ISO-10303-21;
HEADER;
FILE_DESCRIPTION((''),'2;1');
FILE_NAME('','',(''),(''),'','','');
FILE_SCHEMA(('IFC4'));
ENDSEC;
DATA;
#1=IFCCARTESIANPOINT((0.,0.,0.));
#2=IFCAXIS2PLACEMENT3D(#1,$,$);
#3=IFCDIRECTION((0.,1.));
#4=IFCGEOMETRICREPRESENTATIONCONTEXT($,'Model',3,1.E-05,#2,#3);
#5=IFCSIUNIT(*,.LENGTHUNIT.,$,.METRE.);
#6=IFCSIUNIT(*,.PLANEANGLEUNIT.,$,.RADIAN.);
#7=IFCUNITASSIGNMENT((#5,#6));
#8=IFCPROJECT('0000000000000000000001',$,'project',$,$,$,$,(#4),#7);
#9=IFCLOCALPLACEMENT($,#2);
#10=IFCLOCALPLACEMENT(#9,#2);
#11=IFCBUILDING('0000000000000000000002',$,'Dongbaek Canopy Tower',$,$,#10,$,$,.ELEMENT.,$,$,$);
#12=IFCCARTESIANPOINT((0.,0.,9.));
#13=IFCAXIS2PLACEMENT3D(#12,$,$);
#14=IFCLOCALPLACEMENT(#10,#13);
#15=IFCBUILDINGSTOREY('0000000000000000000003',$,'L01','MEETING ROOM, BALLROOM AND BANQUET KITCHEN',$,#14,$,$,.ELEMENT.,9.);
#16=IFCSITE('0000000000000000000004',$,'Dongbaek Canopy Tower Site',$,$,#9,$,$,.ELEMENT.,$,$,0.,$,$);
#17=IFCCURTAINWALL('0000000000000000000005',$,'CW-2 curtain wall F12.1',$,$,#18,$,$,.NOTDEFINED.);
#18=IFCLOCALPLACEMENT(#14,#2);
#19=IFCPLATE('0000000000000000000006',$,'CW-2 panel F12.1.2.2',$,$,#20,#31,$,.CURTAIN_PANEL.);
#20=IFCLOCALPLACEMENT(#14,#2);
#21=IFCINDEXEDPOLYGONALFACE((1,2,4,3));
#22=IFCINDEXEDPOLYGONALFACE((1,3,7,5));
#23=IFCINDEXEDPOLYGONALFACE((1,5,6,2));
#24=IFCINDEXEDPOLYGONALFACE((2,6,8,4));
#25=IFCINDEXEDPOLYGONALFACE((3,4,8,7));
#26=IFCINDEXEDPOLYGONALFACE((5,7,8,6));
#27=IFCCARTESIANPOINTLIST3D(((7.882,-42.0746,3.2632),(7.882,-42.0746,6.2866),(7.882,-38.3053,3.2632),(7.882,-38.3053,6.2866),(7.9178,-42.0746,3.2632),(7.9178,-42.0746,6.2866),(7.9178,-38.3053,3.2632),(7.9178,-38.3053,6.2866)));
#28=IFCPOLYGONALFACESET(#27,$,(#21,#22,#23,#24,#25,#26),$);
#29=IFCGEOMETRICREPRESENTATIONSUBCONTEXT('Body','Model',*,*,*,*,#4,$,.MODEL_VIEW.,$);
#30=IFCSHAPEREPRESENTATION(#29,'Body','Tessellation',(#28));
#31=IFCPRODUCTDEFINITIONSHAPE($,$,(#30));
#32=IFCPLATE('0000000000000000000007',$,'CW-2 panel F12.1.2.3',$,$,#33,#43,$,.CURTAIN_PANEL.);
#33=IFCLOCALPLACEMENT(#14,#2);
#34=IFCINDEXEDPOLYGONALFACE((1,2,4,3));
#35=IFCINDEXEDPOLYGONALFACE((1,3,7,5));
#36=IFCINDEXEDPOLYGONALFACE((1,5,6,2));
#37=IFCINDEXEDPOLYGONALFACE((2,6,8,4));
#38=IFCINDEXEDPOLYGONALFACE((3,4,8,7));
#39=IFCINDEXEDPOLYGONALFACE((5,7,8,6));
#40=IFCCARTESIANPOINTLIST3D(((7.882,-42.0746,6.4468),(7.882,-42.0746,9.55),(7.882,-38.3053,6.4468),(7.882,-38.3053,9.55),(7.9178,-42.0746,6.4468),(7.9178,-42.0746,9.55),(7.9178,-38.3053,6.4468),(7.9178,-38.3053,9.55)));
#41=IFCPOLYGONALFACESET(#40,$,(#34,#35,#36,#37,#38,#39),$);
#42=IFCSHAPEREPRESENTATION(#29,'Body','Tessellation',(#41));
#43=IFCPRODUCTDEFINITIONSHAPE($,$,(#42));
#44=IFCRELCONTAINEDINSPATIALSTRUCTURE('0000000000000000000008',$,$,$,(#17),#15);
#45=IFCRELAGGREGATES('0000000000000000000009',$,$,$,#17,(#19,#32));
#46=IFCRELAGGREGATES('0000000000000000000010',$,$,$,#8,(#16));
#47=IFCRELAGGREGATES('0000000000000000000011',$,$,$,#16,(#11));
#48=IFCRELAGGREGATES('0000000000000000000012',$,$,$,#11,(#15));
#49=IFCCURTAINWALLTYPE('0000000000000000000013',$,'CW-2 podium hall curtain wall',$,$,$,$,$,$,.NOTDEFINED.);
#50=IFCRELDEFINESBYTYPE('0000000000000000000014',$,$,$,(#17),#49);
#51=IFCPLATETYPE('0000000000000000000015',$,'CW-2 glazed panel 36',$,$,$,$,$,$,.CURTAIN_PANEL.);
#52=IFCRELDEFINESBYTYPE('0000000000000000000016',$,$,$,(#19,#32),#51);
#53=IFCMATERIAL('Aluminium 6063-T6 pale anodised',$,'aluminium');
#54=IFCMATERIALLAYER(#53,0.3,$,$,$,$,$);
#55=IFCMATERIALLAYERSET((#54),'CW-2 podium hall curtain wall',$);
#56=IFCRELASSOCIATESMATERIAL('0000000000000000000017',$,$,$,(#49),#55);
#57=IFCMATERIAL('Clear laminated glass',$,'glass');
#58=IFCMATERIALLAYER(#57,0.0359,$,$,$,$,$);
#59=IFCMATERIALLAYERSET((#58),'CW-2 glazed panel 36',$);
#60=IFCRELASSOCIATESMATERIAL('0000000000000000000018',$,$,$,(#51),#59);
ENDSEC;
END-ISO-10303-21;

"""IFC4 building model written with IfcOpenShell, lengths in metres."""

from ifc_helpers import new_model, si_unit, direction, frame, origin, origin_2d, place, context, subcontext, project, spatial, rectangle, extrude, material, layer, layer_set, type_object, element, aggregate, save


model = new_model("IFC4")

# Units and contexts
model_context = context("Model", 3, precision=1e-05, world=origin(), true_north=direction((0.0, 1.0)))
body_context = subcontext(model_context, "Body", "Model", "MODEL_VIEW")
ifc_project = project(units=[si_unit("LENGTHUNIT", "METRE"), si_unit("PLANEANGLEUNIT", "RADIAN")], contexts=[model_context])

# Site, building, storey
site_placement = place(None, origin())
site = spatial("IfcSite", under=ifc_project, at=site_placement, Name="Dongbaek Canopy Tower Site", CompositionType="ELEMENT", RefElevation=0.0)
building_placement = place(site_placement, origin())
building = spatial("IfcBuilding", under=site, at=building_placement, Name="Dongbaek Canopy Tower", CompositionType="ELEMENT")
storey_placement = place(building_placement, frame((0.0, 0.0, 9.0)))
storey = spatial("IfcBuildingStorey", under=building, at=storey_placement, Name="L01", Description="MEETING ROOM, BALLROOM AND BANQUET KITCHEN", CompositionType="ELEMENT", Elevation=9.0)

# Curtain wall
ifc_material_1 = material(Name="Aluminium 6063-T6 pale anodised", Category="aluminium")
ifc_layer_1 = layer(ifc_material_1, 0.3)
ifc_layer_set_1 = layer_set([ifc_layer_1], Name="CW-2 podium hall curtain wall")
curtain_wall_type = type_object("IfcCurtainWallType", Name="CW-2 podium hall curtain wall", PredefinedType="NOTDEFINED", material=ifc_layer_set_1)
curtain_wall_1_placement = place(storey_placement, origin())
curtain_wall_1 = element("IfcCurtainWall", 1, at=curtain_wall_1_placement, inside=storey, type_object=curtain_wall_type, Name="CW-2 curtain wall F12.1", PredefinedType="NOTDEFINED")

# Plates
ifc_material_2 = material(Name="Clear laminated glass", Category="glass")
ifc_layer_2 = layer(ifc_material_2, 0.0359)
ifc_layer_set_2 = layer_set([ifc_layer_2], Name="CW-2 glazed panel 36")
plate_type = type_object("IfcPlateType", Name="CW-2 glazed panel 36", PredefinedType="CURTAIN_PANEL", material=ifc_layer_set_2)
plate_1_placement = place(storey_placement, frame((7.8999, -40.1899, 3.2632), z_axis=(0.0, 0.0, 1.0), x_axis=(0.0, 1.0, 0.0)))
plate_1 = element("IfcPlate", 2, at=plate_1_placement, type_object=plate_type, Name="CW-2 panel F12.1.2.2", PredefinedType="CURTAIN_PANEL", context=body_context, shape_type="SweptSolid", body=[
    extrude(rectangle(XDim=3.7693, YDim=0.0359, at=origin_2d()), origin(), (0.0, 0.0, 1.0), 3.0234),
])
plate_2_placement = place(storey_placement, frame((7.8999, -40.1899, 6.4468), z_axis=(0.0, 0.0, 1.0), x_axis=(0.0, 1.0, 0.0)))
plate_2 = element("IfcPlate", 3, at=plate_2_placement, type_object=plate_type, Name="CW-2 panel F12.1.2.3", PredefinedType="CURTAIN_PANEL", context=body_context, shape_type="SweptSolid", body=[
    extrude(rectangle(XDim=3.7693, YDim=0.0359, at=origin_2d()), origin(), (0.0, 0.0, 1.0), 3.1033),
])
aggregate(curtain_wall_1, [plate_1, plate_2])

save(model, "model.ifc")
